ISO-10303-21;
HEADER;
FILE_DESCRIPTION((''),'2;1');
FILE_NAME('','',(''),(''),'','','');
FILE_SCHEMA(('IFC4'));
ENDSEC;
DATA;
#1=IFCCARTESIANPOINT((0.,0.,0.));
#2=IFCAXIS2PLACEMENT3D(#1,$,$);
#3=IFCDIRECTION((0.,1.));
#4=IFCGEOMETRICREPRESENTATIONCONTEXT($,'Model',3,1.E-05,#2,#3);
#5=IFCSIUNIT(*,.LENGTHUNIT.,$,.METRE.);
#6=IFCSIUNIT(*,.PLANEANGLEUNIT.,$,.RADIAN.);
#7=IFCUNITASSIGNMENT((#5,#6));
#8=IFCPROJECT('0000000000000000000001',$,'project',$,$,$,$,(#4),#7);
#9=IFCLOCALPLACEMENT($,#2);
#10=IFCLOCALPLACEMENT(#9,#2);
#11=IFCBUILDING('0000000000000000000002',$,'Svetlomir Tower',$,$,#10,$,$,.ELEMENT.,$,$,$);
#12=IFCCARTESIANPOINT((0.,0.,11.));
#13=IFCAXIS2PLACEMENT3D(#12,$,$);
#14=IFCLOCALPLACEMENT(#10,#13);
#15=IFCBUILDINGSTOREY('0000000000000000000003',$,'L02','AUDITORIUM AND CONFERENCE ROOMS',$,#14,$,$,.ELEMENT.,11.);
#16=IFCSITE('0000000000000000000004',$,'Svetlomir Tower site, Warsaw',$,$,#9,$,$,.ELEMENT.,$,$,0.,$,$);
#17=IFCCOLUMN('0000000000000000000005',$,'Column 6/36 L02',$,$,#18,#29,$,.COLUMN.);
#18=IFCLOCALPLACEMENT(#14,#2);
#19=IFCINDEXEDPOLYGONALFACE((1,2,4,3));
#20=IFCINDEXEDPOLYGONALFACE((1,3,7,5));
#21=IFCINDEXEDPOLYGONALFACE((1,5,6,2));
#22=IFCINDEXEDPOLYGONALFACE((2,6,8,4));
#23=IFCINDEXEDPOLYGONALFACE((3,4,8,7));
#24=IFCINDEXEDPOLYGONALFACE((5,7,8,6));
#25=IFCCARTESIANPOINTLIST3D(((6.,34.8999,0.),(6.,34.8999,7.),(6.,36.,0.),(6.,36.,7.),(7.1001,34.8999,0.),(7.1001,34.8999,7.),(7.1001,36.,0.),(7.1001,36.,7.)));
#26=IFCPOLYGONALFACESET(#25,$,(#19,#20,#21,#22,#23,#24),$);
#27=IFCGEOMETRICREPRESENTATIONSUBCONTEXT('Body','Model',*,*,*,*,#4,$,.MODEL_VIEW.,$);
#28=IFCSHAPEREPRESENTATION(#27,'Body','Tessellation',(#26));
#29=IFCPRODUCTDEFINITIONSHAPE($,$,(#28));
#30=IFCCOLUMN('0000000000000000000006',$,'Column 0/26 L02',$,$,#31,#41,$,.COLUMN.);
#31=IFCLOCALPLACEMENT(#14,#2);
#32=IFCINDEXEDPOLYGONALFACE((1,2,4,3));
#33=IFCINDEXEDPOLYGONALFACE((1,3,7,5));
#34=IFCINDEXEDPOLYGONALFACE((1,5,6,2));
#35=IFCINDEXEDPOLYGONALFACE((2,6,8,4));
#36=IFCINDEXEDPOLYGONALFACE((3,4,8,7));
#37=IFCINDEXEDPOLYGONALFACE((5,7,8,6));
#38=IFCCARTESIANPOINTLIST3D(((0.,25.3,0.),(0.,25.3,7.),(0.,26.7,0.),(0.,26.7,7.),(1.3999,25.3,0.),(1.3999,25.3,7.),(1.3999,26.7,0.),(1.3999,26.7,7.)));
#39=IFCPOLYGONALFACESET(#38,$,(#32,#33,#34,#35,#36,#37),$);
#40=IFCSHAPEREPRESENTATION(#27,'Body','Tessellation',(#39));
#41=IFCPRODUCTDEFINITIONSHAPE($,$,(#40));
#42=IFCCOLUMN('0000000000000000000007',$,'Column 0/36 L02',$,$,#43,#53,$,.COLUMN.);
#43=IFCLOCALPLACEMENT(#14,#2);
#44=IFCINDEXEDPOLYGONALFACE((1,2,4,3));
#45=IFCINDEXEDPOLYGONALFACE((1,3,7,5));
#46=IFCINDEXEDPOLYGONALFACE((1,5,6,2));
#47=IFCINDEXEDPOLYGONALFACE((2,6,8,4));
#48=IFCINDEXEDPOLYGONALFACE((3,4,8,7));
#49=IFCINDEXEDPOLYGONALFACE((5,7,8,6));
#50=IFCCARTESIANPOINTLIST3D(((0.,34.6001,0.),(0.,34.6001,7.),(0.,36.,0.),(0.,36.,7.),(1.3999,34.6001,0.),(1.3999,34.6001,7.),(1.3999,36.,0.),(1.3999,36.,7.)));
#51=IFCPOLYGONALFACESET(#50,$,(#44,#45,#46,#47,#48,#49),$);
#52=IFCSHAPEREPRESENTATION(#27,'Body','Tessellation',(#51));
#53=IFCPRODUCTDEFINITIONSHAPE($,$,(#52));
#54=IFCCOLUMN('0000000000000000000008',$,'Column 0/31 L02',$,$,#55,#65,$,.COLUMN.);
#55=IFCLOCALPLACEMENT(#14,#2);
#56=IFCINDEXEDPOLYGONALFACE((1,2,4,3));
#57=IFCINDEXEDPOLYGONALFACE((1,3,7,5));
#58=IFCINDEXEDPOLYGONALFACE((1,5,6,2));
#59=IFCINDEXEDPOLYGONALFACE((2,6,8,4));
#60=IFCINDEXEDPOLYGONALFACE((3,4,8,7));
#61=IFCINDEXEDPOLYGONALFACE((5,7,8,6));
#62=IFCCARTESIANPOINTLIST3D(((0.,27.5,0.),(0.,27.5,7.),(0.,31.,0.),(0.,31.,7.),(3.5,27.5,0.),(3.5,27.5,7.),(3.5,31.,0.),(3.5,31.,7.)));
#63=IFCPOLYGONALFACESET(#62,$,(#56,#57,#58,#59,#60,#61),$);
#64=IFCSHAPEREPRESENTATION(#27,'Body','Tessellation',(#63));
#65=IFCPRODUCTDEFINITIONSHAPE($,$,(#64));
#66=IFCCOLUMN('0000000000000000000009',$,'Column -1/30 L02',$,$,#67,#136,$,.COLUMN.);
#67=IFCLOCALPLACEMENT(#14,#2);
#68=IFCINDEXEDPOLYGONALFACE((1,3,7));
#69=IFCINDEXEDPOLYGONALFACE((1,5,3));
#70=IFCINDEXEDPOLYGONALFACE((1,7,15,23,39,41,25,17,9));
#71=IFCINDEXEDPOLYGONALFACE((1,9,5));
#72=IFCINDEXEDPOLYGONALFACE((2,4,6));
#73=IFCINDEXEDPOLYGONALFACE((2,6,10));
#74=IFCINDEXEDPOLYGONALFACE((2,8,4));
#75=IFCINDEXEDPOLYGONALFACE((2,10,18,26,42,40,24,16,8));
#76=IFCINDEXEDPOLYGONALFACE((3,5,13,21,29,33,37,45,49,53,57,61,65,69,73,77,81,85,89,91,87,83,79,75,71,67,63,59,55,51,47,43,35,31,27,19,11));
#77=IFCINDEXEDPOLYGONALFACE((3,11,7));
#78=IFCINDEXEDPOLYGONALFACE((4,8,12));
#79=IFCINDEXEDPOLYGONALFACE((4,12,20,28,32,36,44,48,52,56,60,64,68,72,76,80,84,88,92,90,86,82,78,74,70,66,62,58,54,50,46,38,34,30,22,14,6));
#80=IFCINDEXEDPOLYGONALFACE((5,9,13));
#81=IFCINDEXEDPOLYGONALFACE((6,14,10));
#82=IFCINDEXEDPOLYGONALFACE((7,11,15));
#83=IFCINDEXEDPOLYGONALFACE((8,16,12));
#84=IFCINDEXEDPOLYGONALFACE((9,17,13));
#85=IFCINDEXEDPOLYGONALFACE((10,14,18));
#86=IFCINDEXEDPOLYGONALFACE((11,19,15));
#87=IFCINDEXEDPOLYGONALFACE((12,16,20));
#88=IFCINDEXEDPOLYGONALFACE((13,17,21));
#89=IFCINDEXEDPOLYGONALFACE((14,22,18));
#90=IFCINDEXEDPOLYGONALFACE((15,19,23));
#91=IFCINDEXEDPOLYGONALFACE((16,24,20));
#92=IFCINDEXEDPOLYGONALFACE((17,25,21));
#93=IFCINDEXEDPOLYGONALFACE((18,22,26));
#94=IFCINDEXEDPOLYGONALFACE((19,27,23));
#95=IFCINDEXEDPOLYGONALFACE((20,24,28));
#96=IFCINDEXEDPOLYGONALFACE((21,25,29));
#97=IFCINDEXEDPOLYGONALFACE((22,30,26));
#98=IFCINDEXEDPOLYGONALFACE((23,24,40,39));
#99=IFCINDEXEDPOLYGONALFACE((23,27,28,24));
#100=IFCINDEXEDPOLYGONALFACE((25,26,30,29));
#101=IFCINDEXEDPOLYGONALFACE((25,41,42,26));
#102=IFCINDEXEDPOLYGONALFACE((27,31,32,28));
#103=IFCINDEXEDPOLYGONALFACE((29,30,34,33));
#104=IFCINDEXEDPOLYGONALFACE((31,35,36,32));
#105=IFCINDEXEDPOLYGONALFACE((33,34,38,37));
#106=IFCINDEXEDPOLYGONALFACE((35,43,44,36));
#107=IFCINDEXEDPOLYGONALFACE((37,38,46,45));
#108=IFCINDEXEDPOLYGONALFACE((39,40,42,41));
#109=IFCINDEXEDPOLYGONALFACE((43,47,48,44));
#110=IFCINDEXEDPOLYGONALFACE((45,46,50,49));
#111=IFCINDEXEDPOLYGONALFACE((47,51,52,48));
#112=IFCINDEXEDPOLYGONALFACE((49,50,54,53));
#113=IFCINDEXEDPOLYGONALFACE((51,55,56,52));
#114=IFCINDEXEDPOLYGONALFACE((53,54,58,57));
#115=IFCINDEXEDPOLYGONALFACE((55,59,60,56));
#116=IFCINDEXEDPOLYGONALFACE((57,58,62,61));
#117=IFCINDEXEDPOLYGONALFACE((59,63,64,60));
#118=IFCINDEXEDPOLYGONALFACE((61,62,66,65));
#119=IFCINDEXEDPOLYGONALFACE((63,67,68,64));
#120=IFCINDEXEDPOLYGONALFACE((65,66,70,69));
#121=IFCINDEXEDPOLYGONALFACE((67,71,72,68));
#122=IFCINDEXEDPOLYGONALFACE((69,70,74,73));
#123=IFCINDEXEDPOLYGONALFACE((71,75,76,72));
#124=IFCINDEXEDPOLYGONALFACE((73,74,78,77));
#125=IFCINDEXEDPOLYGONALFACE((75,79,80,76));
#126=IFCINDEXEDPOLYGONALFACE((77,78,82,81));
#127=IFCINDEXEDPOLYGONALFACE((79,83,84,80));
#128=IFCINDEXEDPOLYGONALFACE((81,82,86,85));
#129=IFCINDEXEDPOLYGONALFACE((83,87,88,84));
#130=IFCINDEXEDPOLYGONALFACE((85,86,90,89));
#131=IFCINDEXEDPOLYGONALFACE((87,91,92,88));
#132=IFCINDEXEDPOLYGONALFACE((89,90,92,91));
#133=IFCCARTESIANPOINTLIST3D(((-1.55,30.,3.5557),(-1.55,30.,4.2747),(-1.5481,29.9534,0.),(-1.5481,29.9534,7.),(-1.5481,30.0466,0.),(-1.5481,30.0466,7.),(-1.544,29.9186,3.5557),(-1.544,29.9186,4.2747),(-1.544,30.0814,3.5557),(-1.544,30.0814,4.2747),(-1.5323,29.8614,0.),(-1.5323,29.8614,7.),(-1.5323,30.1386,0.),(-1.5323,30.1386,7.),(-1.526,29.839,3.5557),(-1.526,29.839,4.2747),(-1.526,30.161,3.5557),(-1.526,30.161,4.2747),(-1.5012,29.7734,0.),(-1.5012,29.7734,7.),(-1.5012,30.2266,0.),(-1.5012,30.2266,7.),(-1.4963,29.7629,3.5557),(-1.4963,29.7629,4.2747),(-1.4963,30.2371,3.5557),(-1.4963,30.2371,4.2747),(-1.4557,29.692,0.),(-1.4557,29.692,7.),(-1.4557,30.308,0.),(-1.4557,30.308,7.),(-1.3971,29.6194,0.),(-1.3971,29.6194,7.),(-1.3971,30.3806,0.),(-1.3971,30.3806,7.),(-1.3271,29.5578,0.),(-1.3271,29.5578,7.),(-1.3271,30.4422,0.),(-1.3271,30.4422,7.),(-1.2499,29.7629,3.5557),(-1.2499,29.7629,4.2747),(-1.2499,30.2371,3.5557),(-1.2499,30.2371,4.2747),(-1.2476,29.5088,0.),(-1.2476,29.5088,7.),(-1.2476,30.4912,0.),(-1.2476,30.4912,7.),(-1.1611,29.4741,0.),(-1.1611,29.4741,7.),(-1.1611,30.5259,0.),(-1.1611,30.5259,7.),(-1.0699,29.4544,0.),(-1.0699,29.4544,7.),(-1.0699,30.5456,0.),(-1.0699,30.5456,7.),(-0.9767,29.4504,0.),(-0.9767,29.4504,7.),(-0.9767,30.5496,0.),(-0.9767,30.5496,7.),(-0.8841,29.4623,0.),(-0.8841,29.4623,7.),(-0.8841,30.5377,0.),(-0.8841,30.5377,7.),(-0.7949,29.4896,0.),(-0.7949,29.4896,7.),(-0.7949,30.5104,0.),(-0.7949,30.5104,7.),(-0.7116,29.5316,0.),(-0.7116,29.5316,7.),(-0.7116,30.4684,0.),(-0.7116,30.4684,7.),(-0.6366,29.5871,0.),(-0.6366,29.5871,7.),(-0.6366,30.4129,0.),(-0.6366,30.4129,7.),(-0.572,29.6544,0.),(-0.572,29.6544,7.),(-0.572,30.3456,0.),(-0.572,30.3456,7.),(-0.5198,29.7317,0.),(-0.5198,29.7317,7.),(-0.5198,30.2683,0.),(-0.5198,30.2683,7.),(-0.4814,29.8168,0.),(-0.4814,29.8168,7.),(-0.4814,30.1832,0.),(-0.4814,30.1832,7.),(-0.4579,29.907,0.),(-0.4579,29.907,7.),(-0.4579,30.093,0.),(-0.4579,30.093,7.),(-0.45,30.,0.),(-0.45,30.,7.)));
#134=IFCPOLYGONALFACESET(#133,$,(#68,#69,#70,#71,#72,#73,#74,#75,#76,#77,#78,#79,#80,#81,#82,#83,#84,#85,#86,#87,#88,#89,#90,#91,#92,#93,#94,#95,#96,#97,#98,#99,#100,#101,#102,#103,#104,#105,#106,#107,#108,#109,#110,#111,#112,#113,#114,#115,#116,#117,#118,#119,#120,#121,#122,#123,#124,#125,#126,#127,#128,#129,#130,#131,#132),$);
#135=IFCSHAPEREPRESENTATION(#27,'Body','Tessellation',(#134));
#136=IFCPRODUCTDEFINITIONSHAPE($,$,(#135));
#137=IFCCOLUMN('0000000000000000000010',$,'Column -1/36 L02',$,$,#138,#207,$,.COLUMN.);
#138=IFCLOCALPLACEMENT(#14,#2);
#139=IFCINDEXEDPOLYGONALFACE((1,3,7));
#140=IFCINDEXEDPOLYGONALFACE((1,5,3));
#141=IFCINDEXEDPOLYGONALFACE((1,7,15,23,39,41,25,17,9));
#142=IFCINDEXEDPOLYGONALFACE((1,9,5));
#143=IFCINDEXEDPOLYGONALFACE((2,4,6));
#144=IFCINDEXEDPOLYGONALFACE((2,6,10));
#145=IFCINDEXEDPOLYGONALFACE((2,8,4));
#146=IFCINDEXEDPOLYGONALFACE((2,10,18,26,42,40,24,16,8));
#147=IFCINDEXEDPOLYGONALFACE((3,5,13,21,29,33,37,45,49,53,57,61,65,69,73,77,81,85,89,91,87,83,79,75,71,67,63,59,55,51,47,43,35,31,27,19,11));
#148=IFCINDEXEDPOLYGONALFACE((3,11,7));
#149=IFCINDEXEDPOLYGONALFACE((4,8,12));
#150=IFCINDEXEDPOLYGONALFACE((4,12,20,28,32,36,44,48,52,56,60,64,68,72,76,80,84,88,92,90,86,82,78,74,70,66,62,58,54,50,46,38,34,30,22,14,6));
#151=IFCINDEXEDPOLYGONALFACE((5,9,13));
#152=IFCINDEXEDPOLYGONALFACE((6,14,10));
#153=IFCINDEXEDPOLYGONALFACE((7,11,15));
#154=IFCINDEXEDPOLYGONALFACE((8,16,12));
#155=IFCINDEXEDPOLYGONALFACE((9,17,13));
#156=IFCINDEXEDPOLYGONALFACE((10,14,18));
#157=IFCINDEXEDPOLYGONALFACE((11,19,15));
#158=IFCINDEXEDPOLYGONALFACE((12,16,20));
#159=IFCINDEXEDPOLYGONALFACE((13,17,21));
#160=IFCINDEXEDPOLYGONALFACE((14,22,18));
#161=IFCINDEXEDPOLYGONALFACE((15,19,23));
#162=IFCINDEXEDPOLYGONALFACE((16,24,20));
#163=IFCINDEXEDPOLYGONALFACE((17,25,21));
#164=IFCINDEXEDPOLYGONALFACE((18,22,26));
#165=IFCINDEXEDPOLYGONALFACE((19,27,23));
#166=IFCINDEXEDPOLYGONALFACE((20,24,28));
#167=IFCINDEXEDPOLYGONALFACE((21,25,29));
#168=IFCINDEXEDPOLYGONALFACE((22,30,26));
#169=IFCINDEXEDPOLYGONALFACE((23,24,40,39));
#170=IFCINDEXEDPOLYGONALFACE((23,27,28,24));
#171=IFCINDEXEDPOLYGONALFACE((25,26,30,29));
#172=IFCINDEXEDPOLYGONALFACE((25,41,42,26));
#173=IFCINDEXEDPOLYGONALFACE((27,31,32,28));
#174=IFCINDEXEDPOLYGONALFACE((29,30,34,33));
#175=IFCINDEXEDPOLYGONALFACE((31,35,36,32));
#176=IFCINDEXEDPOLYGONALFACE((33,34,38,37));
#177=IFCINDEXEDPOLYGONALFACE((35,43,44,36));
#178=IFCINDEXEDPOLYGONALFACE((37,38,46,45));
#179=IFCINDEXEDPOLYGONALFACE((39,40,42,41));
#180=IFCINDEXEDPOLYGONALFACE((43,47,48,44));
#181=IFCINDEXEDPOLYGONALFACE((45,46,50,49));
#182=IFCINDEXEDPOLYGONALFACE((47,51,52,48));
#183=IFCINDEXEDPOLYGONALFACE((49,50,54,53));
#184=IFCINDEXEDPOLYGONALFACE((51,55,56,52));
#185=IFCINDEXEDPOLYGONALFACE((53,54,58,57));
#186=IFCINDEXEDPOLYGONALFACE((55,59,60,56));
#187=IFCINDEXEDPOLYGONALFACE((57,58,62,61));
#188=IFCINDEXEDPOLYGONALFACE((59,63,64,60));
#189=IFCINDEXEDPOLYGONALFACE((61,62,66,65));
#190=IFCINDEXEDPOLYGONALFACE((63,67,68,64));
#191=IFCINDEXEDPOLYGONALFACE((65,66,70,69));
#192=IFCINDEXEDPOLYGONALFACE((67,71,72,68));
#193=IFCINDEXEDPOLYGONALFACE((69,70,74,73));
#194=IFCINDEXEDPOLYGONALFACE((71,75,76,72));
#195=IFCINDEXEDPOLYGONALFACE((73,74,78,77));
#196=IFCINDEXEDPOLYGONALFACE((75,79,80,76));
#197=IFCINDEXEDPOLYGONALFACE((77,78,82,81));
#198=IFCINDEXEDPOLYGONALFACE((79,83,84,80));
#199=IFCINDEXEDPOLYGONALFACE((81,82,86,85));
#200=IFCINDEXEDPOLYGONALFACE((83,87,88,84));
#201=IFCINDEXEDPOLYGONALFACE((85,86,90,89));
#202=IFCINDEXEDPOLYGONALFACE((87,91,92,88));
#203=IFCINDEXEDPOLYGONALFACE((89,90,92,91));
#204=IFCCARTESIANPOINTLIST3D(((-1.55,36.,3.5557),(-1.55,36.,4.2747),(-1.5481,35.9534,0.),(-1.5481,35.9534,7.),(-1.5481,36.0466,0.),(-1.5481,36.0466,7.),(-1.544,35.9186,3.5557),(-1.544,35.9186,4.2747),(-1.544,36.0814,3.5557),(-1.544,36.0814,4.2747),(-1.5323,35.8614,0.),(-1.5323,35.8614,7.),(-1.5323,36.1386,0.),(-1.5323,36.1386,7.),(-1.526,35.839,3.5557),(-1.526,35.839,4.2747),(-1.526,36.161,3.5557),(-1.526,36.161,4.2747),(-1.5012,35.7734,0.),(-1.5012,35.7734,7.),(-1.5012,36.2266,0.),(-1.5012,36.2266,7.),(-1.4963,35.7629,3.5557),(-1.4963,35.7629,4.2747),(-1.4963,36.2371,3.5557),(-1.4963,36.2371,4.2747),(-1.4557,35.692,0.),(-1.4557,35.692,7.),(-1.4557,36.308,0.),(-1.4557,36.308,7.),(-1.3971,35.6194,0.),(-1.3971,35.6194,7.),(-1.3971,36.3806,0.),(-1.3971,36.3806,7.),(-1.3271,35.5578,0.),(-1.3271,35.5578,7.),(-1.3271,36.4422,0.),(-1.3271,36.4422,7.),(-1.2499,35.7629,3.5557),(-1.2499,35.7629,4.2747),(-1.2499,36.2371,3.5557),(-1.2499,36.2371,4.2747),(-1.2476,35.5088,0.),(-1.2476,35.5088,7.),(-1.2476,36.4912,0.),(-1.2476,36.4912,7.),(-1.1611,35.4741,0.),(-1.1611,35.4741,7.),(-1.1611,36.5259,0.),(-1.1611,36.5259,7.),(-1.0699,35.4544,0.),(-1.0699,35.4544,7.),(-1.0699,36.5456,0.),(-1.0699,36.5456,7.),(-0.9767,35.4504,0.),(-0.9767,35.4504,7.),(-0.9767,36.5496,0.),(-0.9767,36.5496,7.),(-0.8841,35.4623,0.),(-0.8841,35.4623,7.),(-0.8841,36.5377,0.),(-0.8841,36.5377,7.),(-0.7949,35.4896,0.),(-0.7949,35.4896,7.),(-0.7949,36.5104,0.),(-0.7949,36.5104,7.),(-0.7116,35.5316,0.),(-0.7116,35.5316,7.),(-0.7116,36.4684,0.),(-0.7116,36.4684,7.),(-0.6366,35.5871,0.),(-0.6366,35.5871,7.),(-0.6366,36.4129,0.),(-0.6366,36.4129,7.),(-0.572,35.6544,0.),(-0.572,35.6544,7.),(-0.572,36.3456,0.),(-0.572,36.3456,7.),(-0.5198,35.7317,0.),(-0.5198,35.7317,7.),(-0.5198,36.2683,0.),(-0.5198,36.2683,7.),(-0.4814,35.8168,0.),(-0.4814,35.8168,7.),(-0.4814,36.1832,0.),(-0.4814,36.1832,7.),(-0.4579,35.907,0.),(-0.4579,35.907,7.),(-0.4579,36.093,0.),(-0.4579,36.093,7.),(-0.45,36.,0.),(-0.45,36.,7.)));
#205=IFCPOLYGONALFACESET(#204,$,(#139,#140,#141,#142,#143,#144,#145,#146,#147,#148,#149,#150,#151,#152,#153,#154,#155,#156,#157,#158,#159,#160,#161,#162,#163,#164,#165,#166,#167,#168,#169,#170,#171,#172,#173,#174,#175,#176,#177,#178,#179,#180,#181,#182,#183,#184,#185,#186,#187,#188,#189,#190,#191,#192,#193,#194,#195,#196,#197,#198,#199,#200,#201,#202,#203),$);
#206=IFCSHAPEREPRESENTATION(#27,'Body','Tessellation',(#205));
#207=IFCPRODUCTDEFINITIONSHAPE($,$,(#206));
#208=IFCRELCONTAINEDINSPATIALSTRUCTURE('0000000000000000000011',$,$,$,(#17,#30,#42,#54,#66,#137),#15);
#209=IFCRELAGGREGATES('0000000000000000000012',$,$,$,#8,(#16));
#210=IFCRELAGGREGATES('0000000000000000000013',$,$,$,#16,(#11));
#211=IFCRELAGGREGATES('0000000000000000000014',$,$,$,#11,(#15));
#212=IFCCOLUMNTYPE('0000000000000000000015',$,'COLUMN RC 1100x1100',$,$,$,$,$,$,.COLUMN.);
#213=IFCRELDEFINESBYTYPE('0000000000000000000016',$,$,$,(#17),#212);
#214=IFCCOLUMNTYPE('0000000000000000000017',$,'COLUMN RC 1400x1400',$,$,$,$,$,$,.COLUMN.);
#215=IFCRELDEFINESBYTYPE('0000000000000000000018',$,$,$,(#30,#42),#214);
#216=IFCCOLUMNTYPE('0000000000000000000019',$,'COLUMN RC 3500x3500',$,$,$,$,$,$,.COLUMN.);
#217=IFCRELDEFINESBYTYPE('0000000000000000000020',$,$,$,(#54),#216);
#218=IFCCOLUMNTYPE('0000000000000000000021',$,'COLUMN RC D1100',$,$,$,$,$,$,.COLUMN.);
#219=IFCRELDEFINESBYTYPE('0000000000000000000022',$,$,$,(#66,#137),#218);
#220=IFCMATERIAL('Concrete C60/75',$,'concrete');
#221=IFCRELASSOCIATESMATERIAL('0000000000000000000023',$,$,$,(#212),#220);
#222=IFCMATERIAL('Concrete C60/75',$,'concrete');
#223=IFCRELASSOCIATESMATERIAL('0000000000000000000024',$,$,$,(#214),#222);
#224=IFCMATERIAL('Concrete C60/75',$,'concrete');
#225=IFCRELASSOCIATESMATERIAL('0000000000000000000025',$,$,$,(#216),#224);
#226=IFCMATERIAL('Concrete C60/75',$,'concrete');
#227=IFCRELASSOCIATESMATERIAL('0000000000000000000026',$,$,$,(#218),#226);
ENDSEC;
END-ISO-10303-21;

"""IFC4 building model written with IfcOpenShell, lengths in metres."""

from ifc_helpers import new_model, si_unit, direction, frame, origin, origin_2d, place, context, subcontext, project, spatial, rectangle, circle, extrude, material, material_profile, profile_set, type_object, element, save


model = new_model("IFC4")

# Units and contexts
model_context = context("Model", 3, precision=1e-05, world=origin(), true_north=direction((0.0, 1.0)))
body_context = subcontext(model_context, "Body", "Model", "MODEL_VIEW")
ifc_project = project(units=[si_unit("LENGTHUNIT", "METRE"), si_unit("PLANEANGLEUNIT", "RADIAN")], contexts=[model_context])

# Site, building, storey
site_placement = place(None, origin())
site = spatial("IfcSite", under=ifc_project, at=site_placement, Name="Svetlomir Tower site, Warsaw", CompositionType="ELEMENT", RefElevation=0.0)
building_placement = place(site_placement, origin())
building = spatial("IfcBuilding", under=site, at=building_placement, Name="Svetlomir Tower", CompositionType="ELEMENT")
storey_placement = place(building_placement, frame((0.0, 0.0, 11.0)))
storey = spatial("IfcBuildingStorey", under=building, at=storey_placement, Name="L02", Description="AUDITORIUM AND CONFERENCE ROOMS", CompositionType="ELEMENT", Elevation=11.0)

# Columns
ifc_material_1 = material(Name="Concrete C60/75", Category="concrete")
ifc_material_profile_1 = material_profile(ifc_material_1, rectangle(XDim=1.1001, YDim=1.1001, at=origin_2d()), Name="RC 1100x1100")
ifc_profile_set_1 = profile_set([ifc_material_profile_1], Name="Concrete C60/75")
column_type_1 = type_object("IfcColumnType", Name="COLUMN RC 1100x1100", PredefinedType="COLUMN", material=ifc_profile_set_1)
column_1_placement = place(storey_placement, frame((6.55, 35.45, 0.0), z_axis=(0.0, 0.0, 1.0), x_axis=(1.0, 0.0, 0.0)))
element("IfcColumn", 1, at=column_1_placement, inside=storey, type_object=column_type_1, Name="Column 6/36 L02", PredefinedType="COLUMN", context=body_context, shape_type="SweptSolid", body=[
    extrude(rectangle(XDim=1.1001, YDim=1.1001, at=origin_2d()), origin(), (0.0, 0.0, 1.0), 7.0),
])
ifc_material_2 = material(Name="Concrete C60/75", Category="concrete")
ifc_material_profile_2 = material_profile(ifc_material_2, rectangle(XDim=1.3999, YDim=1.3999, at=origin_2d()), Name="RC 1400x1400")
ifc_profile_set_2 = profile_set([ifc_material_profile_2], Name="Concrete C60/75")
column_type_2 = type_object("IfcColumnType", Name="COLUMN RC 1400x1400", PredefinedType="COLUMN", material=ifc_profile_set_2)
for number, where, z_axis, x_axis, name in (
    (2, (0.7, 26.0, 0.0), (0.0, 0.0, 1.0), (1.0, 0.0, 0.0), "Column 0/26 L02"),
    (3, (0.7, 35.3, 0.0), (0.0, 0.0, 1.0), (1.0, 0.0, 0.0), "Column 0/36 L02"),
):
    element("IfcColumn", number, at=place(storey_placement, frame(where, z_axis=z_axis, x_axis=x_axis)), inside=storey, type_object=column_type_2, Name=name, PredefinedType="COLUMN", context=body_context, shape_type="SweptSolid", body=[
        extrude(rectangle(XDim=1.3999, YDim=1.3999, at=origin_2d()), origin(), (0.0, 0.0, 1.0), 7.0),
    ])
ifc_material_3 = material(Name="Concrete C60/75", Category="concrete")
ifc_material_profile_3 = material_profile(ifc_material_3, rectangle(XDim=3.5, YDim=3.5, at=origin_2d()), Name="RC 3500x3500")
ifc_profile_set_3 = profile_set([ifc_material_profile_3], Name="Concrete C60/75")
column_type_3 = type_object("IfcColumnType", Name="COLUMN RC 3500x3500", PredefinedType="COLUMN", material=ifc_profile_set_3)
column_2_placement = place(storey_placement, frame((1.75, 29.25, 0.0), z_axis=(0.0, 0.0, 1.0), x_axis=(1.0, 0.0, 0.0)))
element("IfcColumn", 4, at=column_2_placement, inside=storey, type_object=column_type_3, Name="Column 0/31 L02", PredefinedType="COLUMN", context=body_context, shape_type="SweptSolid", body=[
    extrude(rectangle(XDim=3.5, YDim=3.5, at=origin_2d()), origin(), (0.0, 0.0, 1.0), 7.0),
])

# Columns, openings
ifc_material_4 = material(Name="Concrete C60/75", Category="concrete")
ifc_material_profile_4 = material_profile(ifc_material_4, circle(Radius=0.55, at=origin_2d()), Name="RC D1100")
ifc_profile_set_4 = profile_set([ifc_material_profile_4], Name="Concrete C60/75")
column_type_4 = type_object("IfcColumnType", Name="COLUMN RC D1100", PredefinedType="COLUMN", material=ifc_profile_set_4)
column_3_placement = place(storey_placement, frame((-1.0, 30.0, 0.0), z_axis=(0.0, 0.0, 1.0), x_axis=(1.0, 0.0, 0.0)))
column_3 = element("IfcColumn", 5, at=column_3_placement, inside=storey, type_object=column_type_4, Name="Column -1/30 L02", PredefinedType="COLUMN", context=body_context, shape_type="SweptSolid", body=[
    extrude(circle(Radius=0.55, at=origin_2d()), origin(), (0.0, 0.0, 1.0), 7.0),
])
opening_1_placement = place(storey_placement, frame((-1.4099, 30.0, 3.5557), z_axis=(0.0, 0.0, 1.0), x_axis=(1.0, 0.0, 0.0)))
element("IfcOpeningElement", 6, at=opening_1_placement, cuts=column_3, PredefinedType="RECESS", context=body_context, shape_type="SweptSolid", body=[
    extrude(rectangle(XDim=0.3201, YDim=0.4741, at=origin_2d()), origin(), (0.0, 0.0, 1.0), 0.719),
])
column_4_placement = place(storey_placement, frame((-1.0, 36.0, 0.0), z_axis=(0.0, 0.0, 1.0), x_axis=(1.0, 0.0, 0.0)))
column_4 = element("IfcColumn", 7, at=column_4_placement, inside=storey, type_object=column_type_4, Name="Column -1/36 L02", PredefinedType="COLUMN", context=body_context, shape_type="SweptSolid", body=[
    extrude(circle(Radius=0.55, at=origin_2d()), origin(), (0.0, 0.0, 1.0), 7.0),
])
opening_2_placement = place(storey_placement, frame((-1.4099, 36.0, 3.5557), z_axis=(0.0, 0.0, 1.0), x_axis=(1.0, 0.0, 0.0)))
element("IfcOpeningElement", 8, at=opening_2_placement, cuts=column_4, PredefinedType="RECESS", context=body_context, shape_type="SweptSolid", body=[
    extrude(rectangle(XDim=0.3201, YDim=0.4741, at=origin_2d()), origin(), (0.0, 0.0, 1.0), 0.719),
])

save(model, "model.ifc")
